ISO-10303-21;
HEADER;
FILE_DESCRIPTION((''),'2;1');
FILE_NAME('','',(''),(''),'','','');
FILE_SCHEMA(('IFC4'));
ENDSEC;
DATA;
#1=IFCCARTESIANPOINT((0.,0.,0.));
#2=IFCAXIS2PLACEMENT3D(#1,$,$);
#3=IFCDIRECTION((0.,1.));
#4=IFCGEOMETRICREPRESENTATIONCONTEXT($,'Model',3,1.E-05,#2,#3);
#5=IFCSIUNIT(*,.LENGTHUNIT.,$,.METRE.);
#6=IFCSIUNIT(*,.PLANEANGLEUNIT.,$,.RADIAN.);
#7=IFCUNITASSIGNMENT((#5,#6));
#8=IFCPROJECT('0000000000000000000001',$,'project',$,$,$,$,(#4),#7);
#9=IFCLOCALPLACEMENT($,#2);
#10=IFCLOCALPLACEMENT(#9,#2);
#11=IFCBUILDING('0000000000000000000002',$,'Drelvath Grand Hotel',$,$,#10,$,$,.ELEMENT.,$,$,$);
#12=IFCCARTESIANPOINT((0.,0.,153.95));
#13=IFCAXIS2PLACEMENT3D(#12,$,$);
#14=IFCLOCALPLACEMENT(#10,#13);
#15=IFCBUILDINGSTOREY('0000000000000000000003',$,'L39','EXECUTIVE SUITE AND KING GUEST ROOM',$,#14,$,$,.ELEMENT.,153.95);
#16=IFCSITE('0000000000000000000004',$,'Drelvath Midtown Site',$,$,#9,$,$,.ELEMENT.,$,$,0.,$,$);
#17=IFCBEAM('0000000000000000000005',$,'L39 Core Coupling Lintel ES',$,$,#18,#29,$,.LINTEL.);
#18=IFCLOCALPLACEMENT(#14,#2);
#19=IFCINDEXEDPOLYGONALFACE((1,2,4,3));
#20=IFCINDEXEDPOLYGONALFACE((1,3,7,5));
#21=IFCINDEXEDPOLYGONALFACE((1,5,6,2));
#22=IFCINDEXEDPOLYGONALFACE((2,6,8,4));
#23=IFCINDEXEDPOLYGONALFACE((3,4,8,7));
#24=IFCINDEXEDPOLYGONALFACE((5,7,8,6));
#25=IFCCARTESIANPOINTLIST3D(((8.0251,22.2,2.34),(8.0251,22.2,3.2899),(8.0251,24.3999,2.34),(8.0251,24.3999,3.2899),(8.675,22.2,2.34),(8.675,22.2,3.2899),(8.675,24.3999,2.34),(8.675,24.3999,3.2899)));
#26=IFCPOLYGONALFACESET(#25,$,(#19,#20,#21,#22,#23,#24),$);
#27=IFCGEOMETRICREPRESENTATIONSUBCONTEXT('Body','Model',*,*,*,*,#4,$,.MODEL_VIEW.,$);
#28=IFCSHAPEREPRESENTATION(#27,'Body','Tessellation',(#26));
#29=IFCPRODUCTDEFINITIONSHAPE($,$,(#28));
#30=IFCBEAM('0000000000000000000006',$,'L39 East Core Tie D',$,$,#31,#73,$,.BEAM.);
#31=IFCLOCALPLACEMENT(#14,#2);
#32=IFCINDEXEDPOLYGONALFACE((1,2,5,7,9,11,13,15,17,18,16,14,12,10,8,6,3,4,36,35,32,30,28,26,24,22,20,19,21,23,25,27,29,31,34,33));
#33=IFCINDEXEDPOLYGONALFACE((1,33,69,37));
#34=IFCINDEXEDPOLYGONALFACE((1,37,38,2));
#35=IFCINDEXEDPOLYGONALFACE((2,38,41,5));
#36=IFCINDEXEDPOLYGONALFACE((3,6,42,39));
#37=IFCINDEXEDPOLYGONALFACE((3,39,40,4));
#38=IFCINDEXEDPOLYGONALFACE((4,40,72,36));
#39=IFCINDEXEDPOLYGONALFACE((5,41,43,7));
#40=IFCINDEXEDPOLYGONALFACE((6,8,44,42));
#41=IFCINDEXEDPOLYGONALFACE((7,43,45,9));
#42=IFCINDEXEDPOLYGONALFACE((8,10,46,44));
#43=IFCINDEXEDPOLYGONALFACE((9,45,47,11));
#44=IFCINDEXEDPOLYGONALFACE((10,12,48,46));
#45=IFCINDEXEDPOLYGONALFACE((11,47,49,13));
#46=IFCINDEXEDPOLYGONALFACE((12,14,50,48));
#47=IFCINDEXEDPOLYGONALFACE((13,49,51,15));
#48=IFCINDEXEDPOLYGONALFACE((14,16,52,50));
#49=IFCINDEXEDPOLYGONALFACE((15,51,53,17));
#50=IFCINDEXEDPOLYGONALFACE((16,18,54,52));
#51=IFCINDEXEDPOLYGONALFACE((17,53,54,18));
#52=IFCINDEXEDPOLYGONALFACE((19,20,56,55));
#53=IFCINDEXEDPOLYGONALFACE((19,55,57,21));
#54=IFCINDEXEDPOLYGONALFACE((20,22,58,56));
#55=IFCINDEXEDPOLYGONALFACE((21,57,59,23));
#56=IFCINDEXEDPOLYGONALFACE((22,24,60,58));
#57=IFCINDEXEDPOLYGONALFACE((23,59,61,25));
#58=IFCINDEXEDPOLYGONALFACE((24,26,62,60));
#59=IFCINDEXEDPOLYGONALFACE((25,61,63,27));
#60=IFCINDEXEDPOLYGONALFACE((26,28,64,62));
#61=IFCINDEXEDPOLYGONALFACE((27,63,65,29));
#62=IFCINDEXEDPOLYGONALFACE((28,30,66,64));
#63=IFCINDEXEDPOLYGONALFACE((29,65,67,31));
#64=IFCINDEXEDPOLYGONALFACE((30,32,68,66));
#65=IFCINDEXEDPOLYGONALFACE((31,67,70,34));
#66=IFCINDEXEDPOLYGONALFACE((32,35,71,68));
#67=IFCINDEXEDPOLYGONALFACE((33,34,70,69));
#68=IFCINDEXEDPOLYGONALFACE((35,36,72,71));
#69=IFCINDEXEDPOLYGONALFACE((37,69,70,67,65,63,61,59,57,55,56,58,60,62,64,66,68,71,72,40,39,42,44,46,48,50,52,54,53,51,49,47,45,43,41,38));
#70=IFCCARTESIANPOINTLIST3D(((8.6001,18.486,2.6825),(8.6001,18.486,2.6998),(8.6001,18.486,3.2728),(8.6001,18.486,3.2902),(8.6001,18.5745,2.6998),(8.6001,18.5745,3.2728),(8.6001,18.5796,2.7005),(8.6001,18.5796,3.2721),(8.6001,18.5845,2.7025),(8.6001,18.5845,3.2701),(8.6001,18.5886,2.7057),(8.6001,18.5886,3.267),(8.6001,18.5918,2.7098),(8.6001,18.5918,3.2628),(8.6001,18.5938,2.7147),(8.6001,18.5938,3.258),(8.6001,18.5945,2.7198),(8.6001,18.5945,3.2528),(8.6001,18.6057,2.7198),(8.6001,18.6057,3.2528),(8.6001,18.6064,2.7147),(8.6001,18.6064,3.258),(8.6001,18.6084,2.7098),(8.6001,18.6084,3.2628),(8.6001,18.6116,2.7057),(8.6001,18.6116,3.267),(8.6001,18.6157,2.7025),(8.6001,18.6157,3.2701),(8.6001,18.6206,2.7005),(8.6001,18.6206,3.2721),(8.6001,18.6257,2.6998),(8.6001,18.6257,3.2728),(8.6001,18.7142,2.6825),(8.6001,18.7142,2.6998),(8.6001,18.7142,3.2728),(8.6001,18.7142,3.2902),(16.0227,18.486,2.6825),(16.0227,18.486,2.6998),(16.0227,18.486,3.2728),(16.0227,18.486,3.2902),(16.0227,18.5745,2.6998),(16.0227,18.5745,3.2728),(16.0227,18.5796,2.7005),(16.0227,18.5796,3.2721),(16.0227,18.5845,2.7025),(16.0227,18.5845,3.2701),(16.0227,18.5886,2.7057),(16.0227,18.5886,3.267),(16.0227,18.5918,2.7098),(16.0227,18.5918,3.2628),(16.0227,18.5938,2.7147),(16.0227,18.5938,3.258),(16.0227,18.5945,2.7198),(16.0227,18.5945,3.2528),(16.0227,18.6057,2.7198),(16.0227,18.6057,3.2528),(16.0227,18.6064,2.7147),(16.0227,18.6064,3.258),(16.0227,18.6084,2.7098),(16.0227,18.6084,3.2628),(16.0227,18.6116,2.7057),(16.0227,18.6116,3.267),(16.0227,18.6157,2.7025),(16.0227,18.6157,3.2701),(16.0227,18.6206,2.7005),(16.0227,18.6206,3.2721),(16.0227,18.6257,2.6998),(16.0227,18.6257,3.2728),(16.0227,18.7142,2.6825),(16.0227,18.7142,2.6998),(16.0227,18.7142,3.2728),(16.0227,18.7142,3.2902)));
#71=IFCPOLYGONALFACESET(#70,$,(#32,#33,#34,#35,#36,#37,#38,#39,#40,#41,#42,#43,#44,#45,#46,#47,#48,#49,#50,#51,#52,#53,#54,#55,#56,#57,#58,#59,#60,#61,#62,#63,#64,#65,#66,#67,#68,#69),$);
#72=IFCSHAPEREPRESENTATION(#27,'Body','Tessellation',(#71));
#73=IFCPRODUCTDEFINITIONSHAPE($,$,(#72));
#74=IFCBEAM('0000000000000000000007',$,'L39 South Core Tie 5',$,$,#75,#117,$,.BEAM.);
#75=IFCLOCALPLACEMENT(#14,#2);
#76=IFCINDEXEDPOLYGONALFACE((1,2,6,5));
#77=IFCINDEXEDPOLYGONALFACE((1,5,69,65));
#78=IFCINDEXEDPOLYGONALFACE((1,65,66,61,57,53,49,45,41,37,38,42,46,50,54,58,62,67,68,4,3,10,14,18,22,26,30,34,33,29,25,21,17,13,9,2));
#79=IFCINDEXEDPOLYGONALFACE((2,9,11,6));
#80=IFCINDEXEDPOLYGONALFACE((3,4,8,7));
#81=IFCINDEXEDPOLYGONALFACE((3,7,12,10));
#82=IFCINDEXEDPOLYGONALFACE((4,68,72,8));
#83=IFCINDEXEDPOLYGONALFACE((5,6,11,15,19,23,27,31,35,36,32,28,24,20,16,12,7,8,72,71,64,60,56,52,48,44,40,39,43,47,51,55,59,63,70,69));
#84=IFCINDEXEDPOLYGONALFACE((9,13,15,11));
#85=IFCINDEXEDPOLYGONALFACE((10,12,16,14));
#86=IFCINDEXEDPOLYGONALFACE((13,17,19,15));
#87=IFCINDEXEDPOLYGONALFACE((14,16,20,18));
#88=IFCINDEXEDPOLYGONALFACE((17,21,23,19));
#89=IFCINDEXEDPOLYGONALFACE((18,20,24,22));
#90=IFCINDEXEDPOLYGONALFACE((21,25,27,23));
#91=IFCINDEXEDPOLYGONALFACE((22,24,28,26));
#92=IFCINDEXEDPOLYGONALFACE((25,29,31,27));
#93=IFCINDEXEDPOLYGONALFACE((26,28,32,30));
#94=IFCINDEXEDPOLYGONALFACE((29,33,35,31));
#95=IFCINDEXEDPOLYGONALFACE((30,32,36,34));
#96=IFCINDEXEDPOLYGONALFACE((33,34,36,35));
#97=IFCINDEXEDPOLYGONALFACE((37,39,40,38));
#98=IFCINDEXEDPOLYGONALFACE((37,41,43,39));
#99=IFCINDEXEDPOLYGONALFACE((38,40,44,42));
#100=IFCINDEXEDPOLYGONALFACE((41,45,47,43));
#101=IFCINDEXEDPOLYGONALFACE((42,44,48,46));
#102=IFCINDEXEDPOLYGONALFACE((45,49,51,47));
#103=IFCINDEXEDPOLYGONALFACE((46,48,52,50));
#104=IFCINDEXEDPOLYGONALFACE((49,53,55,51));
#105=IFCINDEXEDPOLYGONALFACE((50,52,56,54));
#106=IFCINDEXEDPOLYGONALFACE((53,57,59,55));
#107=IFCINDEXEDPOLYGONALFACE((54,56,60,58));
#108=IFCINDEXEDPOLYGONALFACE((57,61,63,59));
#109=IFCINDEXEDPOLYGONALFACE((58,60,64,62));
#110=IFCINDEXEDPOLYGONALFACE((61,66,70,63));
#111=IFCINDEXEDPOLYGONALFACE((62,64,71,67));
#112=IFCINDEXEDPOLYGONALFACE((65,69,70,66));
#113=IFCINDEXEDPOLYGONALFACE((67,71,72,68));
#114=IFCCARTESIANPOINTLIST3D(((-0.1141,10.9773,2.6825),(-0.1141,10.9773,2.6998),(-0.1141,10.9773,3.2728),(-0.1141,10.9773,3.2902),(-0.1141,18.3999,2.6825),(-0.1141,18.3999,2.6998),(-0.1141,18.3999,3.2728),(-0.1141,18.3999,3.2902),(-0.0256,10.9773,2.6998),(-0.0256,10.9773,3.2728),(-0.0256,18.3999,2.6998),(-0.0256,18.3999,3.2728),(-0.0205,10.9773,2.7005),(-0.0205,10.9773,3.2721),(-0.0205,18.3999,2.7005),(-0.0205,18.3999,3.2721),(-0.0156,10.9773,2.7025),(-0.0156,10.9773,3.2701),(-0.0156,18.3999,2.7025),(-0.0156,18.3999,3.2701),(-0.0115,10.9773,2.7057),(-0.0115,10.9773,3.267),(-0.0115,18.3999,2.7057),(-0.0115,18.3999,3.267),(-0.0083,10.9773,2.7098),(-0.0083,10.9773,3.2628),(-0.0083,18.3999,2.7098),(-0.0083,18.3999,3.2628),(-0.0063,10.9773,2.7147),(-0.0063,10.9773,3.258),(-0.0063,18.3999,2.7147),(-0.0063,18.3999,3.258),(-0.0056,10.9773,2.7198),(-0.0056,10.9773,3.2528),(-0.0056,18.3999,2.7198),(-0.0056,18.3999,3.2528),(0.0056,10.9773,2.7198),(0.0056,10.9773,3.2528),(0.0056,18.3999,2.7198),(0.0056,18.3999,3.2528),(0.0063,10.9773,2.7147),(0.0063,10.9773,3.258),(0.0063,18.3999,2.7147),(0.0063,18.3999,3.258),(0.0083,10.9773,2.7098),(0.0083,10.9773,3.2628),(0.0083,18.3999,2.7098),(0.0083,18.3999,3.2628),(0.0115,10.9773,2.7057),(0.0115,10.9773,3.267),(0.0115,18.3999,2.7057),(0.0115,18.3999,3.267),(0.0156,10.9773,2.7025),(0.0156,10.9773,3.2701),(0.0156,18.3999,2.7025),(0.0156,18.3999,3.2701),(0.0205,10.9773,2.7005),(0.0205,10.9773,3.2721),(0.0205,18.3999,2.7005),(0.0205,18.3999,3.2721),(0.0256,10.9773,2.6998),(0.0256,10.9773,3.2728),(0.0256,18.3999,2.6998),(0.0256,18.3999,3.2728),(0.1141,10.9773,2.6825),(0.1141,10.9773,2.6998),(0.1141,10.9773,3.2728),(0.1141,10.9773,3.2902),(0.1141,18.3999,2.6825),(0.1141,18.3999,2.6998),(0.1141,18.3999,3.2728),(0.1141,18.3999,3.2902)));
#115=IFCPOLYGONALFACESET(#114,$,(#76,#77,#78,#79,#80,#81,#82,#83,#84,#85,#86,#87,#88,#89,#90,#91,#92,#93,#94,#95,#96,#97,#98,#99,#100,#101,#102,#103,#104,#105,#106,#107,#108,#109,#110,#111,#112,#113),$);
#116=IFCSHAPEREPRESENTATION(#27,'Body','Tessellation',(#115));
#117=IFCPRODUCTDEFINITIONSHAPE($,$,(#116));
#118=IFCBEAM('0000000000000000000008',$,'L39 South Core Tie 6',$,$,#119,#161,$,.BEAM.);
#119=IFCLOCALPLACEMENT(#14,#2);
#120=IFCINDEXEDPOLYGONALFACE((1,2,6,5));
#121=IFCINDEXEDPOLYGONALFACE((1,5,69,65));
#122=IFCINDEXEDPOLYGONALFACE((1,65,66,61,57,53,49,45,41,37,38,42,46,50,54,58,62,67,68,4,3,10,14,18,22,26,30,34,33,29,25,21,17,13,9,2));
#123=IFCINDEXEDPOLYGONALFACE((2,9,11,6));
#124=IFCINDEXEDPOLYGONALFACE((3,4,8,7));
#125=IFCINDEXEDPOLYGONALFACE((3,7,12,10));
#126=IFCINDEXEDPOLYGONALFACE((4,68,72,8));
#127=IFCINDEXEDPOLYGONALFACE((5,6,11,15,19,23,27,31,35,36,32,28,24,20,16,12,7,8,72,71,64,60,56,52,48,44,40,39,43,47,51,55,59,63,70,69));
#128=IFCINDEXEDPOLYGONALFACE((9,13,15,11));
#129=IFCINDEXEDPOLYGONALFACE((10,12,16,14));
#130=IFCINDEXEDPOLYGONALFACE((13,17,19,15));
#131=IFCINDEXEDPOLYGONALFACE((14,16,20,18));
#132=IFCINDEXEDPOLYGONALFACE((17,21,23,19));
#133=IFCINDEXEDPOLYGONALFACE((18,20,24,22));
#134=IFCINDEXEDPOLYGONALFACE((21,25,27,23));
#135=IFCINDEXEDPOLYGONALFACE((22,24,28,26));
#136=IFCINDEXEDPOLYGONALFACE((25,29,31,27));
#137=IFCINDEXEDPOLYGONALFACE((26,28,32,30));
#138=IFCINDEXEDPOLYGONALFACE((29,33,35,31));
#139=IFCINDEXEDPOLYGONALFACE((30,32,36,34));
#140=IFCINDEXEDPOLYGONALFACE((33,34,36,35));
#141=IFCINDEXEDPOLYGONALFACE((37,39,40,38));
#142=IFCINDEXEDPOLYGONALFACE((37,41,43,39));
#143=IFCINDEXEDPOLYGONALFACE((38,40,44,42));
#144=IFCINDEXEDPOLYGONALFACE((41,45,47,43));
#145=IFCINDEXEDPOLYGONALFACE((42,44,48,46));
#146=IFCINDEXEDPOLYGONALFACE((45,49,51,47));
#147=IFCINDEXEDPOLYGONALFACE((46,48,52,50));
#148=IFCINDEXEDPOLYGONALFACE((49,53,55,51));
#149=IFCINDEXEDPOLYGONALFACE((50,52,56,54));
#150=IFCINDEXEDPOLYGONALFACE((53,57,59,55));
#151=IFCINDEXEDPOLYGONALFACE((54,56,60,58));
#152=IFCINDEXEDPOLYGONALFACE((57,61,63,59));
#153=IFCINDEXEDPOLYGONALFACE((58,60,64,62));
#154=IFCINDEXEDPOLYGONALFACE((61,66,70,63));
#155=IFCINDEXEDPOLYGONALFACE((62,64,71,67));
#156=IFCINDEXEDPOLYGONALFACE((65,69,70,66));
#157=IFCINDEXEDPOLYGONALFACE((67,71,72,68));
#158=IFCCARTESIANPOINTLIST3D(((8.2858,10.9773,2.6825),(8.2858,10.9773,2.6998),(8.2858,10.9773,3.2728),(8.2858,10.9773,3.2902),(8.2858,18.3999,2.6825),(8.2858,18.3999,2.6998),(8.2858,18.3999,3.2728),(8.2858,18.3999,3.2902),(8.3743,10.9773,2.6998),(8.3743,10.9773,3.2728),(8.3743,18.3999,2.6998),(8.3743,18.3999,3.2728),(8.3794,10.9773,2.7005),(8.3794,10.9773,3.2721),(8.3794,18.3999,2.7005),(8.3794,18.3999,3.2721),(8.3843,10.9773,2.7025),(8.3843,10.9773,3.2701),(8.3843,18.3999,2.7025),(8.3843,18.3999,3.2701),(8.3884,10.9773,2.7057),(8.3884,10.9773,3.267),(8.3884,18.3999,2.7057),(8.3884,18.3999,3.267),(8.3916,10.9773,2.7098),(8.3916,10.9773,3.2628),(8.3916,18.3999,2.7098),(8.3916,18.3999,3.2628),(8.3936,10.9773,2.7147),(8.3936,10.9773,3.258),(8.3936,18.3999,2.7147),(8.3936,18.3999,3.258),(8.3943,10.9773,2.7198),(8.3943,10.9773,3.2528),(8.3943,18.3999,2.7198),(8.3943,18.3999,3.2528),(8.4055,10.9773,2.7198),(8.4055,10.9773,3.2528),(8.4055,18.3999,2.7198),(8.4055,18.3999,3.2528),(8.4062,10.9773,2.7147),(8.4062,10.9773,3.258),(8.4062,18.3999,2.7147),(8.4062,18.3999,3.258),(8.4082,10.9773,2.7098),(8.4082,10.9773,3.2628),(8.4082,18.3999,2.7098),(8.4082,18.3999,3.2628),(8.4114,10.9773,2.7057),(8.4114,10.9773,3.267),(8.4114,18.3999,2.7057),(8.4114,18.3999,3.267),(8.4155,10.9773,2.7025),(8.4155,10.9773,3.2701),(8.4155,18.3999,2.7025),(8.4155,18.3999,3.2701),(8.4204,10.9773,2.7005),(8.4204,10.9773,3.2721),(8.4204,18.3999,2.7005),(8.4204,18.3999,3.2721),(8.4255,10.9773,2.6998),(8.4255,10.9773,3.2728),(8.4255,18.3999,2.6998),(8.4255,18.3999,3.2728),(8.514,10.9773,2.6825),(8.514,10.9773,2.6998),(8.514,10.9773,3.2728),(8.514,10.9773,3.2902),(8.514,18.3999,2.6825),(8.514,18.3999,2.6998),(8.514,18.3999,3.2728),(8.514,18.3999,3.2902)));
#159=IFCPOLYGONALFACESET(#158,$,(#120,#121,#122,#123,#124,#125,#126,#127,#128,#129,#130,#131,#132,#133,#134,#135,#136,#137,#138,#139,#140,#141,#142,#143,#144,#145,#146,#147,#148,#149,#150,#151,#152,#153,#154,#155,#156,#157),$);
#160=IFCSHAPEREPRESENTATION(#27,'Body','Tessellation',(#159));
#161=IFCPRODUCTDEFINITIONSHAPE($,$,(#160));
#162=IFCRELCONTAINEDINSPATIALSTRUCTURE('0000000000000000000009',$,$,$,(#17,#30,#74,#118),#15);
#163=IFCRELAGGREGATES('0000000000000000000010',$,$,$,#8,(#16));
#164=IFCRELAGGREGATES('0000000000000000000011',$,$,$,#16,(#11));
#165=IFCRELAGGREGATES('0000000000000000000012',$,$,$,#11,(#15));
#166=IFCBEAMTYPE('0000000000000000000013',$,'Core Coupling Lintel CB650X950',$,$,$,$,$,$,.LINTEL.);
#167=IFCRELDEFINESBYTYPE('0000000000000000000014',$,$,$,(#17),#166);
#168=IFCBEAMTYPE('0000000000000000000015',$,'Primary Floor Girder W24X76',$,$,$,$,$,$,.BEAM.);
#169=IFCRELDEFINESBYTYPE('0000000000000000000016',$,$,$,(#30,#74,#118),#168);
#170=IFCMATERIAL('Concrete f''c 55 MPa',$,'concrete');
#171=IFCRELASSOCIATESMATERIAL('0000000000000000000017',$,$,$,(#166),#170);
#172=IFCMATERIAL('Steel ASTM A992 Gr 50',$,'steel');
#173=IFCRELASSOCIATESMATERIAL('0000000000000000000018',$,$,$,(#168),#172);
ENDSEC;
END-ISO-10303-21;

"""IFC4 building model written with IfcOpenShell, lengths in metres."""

from ifc_helpers import new_model, si_unit, direction, frame, origin, origin_2d, place, context, subcontext, project, spatial, rectangle, i_section, extrude, material, material_profile, profile_set, type_object, element, save


model = new_model("IFC4")

# Units and contexts
model_context = context("Model", 3, precision=1e-05, world=origin(), true_north=direction((0.0, 1.0)))
body_context = subcontext(model_context, "Body", "Model", "MODEL_VIEW")
ifc_project = project(units=[si_unit("LENGTHUNIT", "METRE"), si_unit("PLANEANGLEUNIT", "RADIAN")], contexts=[model_context])

# Site, building, storey
site_placement = place(None, origin())
site = spatial("IfcSite", under=ifc_project, at=site_placement, Name="Drelvath Midtown Site", CompositionType="ELEMENT", RefElevation=0.0)
building_placement = place(site_placement, origin())
building = spatial("IfcBuilding", under=site, at=building_placement, Name="Drelvath Grand Hotel", CompositionType="ELEMENT")
storey_placement = place(building_placement, frame((0.0, 0.0, 153.95)))
storey = spatial("IfcBuildingStorey", under=building, at=storey_placement, Name="L39", Description="EXECUTIVE SUITE AND KING GUEST ROOM", CompositionType="ELEMENT", Elevation=153.95)

# Beams
ifc_material_1 = material(Name="Concrete f'c 55 MPa", Category="concrete")
ifc_material_profile_1 = material_profile(ifc_material_1, rectangle(XDim=0.6499, YDim=0.95, at=origin_2d()), Name="CB650X950")
ifc_profile_set_1 = profile_set([ifc_material_profile_1], Name="Concrete f'c 55 MPa")
beam_type_1 = type_object("IfcBeamType", Name="Core Coupling Lintel CB650X950", PredefinedType="LINTEL", material=ifc_profile_set_1)
beam_placement = place(storey_placement, frame((8.3501, 22.2, 2.8149), z_axis=(0.0, 1.0, 0.0), x_axis=(-1.0, 0.0, 0.0)))
element("IfcBeam", 1, at=beam_placement, inside=storey, type_object=beam_type_1, Name="L39 Core Coupling Lintel ES", PredefinedType="LINTEL", context=body_context, shape_type="SweptSolid", body=[
    extrude(rectangle(XDim=0.6499, YDim=0.95, at=origin_2d()), origin(), (0.0, 0.0, 1.0), 2.2),
])
ifc_material_2 = material(Name="Steel ASTM A992 Gr 50", Category="steel")
ifc_material_profile_2 = material_profile(ifc_material_2, i_section(OverallWidth=0.2283, OverallDepth=0.6077, WebThickness=0.0112, FlangeThickness=0.0173, FilletRadius=0.02, at=origin_2d()), Name="W24X76")
ifc_profile_set_2 = profile_set([ifc_material_profile_2], Name="Steel ASTM A992 Gr 50")
beam_type_2 = type_object("IfcBeamType", Name="Primary Floor Girder W24X76", PredefinedType="BEAM", material=ifc_profile_set_2)
for number, where, z_axis, x_axis, name in (
    (2, (8.6001, 18.6001, 2.9863), (1.0, 0.0, 0.0), (0.0, 1.0, 0.0), "L39 East Core Tie D"),
    (3, (0.0, 10.9773, 2.9863), (0.0, 1.0, 0.0), (-1.0, 0.0, 0.0), "L39 South Core Tie 5"),
    (4, (8.3999, 10.9773, 2.9863), (0.0, 1.0, 0.0), (-1.0, 0.0, 0.0), "L39 South Core Tie 6"),
):
    element("IfcBeam", number, at=place(storey_placement, frame(where, z_axis=z_axis, x_axis=x_axis)), inside=storey, type_object=beam_type_2, Name=name, PredefinedType="BEAM", context=body_context, shape_type="SweptSolid", body=[
        extrude(i_section(OverallWidth=0.2283, OverallDepth=0.6077, WebThickness=0.0112, FlangeThickness=0.0173, FilletRadius=0.02, at=origin_2d()), origin(), (0.0, 0.0, 1.0), 7.4226),
    ])

save(model, "model.ifc")
